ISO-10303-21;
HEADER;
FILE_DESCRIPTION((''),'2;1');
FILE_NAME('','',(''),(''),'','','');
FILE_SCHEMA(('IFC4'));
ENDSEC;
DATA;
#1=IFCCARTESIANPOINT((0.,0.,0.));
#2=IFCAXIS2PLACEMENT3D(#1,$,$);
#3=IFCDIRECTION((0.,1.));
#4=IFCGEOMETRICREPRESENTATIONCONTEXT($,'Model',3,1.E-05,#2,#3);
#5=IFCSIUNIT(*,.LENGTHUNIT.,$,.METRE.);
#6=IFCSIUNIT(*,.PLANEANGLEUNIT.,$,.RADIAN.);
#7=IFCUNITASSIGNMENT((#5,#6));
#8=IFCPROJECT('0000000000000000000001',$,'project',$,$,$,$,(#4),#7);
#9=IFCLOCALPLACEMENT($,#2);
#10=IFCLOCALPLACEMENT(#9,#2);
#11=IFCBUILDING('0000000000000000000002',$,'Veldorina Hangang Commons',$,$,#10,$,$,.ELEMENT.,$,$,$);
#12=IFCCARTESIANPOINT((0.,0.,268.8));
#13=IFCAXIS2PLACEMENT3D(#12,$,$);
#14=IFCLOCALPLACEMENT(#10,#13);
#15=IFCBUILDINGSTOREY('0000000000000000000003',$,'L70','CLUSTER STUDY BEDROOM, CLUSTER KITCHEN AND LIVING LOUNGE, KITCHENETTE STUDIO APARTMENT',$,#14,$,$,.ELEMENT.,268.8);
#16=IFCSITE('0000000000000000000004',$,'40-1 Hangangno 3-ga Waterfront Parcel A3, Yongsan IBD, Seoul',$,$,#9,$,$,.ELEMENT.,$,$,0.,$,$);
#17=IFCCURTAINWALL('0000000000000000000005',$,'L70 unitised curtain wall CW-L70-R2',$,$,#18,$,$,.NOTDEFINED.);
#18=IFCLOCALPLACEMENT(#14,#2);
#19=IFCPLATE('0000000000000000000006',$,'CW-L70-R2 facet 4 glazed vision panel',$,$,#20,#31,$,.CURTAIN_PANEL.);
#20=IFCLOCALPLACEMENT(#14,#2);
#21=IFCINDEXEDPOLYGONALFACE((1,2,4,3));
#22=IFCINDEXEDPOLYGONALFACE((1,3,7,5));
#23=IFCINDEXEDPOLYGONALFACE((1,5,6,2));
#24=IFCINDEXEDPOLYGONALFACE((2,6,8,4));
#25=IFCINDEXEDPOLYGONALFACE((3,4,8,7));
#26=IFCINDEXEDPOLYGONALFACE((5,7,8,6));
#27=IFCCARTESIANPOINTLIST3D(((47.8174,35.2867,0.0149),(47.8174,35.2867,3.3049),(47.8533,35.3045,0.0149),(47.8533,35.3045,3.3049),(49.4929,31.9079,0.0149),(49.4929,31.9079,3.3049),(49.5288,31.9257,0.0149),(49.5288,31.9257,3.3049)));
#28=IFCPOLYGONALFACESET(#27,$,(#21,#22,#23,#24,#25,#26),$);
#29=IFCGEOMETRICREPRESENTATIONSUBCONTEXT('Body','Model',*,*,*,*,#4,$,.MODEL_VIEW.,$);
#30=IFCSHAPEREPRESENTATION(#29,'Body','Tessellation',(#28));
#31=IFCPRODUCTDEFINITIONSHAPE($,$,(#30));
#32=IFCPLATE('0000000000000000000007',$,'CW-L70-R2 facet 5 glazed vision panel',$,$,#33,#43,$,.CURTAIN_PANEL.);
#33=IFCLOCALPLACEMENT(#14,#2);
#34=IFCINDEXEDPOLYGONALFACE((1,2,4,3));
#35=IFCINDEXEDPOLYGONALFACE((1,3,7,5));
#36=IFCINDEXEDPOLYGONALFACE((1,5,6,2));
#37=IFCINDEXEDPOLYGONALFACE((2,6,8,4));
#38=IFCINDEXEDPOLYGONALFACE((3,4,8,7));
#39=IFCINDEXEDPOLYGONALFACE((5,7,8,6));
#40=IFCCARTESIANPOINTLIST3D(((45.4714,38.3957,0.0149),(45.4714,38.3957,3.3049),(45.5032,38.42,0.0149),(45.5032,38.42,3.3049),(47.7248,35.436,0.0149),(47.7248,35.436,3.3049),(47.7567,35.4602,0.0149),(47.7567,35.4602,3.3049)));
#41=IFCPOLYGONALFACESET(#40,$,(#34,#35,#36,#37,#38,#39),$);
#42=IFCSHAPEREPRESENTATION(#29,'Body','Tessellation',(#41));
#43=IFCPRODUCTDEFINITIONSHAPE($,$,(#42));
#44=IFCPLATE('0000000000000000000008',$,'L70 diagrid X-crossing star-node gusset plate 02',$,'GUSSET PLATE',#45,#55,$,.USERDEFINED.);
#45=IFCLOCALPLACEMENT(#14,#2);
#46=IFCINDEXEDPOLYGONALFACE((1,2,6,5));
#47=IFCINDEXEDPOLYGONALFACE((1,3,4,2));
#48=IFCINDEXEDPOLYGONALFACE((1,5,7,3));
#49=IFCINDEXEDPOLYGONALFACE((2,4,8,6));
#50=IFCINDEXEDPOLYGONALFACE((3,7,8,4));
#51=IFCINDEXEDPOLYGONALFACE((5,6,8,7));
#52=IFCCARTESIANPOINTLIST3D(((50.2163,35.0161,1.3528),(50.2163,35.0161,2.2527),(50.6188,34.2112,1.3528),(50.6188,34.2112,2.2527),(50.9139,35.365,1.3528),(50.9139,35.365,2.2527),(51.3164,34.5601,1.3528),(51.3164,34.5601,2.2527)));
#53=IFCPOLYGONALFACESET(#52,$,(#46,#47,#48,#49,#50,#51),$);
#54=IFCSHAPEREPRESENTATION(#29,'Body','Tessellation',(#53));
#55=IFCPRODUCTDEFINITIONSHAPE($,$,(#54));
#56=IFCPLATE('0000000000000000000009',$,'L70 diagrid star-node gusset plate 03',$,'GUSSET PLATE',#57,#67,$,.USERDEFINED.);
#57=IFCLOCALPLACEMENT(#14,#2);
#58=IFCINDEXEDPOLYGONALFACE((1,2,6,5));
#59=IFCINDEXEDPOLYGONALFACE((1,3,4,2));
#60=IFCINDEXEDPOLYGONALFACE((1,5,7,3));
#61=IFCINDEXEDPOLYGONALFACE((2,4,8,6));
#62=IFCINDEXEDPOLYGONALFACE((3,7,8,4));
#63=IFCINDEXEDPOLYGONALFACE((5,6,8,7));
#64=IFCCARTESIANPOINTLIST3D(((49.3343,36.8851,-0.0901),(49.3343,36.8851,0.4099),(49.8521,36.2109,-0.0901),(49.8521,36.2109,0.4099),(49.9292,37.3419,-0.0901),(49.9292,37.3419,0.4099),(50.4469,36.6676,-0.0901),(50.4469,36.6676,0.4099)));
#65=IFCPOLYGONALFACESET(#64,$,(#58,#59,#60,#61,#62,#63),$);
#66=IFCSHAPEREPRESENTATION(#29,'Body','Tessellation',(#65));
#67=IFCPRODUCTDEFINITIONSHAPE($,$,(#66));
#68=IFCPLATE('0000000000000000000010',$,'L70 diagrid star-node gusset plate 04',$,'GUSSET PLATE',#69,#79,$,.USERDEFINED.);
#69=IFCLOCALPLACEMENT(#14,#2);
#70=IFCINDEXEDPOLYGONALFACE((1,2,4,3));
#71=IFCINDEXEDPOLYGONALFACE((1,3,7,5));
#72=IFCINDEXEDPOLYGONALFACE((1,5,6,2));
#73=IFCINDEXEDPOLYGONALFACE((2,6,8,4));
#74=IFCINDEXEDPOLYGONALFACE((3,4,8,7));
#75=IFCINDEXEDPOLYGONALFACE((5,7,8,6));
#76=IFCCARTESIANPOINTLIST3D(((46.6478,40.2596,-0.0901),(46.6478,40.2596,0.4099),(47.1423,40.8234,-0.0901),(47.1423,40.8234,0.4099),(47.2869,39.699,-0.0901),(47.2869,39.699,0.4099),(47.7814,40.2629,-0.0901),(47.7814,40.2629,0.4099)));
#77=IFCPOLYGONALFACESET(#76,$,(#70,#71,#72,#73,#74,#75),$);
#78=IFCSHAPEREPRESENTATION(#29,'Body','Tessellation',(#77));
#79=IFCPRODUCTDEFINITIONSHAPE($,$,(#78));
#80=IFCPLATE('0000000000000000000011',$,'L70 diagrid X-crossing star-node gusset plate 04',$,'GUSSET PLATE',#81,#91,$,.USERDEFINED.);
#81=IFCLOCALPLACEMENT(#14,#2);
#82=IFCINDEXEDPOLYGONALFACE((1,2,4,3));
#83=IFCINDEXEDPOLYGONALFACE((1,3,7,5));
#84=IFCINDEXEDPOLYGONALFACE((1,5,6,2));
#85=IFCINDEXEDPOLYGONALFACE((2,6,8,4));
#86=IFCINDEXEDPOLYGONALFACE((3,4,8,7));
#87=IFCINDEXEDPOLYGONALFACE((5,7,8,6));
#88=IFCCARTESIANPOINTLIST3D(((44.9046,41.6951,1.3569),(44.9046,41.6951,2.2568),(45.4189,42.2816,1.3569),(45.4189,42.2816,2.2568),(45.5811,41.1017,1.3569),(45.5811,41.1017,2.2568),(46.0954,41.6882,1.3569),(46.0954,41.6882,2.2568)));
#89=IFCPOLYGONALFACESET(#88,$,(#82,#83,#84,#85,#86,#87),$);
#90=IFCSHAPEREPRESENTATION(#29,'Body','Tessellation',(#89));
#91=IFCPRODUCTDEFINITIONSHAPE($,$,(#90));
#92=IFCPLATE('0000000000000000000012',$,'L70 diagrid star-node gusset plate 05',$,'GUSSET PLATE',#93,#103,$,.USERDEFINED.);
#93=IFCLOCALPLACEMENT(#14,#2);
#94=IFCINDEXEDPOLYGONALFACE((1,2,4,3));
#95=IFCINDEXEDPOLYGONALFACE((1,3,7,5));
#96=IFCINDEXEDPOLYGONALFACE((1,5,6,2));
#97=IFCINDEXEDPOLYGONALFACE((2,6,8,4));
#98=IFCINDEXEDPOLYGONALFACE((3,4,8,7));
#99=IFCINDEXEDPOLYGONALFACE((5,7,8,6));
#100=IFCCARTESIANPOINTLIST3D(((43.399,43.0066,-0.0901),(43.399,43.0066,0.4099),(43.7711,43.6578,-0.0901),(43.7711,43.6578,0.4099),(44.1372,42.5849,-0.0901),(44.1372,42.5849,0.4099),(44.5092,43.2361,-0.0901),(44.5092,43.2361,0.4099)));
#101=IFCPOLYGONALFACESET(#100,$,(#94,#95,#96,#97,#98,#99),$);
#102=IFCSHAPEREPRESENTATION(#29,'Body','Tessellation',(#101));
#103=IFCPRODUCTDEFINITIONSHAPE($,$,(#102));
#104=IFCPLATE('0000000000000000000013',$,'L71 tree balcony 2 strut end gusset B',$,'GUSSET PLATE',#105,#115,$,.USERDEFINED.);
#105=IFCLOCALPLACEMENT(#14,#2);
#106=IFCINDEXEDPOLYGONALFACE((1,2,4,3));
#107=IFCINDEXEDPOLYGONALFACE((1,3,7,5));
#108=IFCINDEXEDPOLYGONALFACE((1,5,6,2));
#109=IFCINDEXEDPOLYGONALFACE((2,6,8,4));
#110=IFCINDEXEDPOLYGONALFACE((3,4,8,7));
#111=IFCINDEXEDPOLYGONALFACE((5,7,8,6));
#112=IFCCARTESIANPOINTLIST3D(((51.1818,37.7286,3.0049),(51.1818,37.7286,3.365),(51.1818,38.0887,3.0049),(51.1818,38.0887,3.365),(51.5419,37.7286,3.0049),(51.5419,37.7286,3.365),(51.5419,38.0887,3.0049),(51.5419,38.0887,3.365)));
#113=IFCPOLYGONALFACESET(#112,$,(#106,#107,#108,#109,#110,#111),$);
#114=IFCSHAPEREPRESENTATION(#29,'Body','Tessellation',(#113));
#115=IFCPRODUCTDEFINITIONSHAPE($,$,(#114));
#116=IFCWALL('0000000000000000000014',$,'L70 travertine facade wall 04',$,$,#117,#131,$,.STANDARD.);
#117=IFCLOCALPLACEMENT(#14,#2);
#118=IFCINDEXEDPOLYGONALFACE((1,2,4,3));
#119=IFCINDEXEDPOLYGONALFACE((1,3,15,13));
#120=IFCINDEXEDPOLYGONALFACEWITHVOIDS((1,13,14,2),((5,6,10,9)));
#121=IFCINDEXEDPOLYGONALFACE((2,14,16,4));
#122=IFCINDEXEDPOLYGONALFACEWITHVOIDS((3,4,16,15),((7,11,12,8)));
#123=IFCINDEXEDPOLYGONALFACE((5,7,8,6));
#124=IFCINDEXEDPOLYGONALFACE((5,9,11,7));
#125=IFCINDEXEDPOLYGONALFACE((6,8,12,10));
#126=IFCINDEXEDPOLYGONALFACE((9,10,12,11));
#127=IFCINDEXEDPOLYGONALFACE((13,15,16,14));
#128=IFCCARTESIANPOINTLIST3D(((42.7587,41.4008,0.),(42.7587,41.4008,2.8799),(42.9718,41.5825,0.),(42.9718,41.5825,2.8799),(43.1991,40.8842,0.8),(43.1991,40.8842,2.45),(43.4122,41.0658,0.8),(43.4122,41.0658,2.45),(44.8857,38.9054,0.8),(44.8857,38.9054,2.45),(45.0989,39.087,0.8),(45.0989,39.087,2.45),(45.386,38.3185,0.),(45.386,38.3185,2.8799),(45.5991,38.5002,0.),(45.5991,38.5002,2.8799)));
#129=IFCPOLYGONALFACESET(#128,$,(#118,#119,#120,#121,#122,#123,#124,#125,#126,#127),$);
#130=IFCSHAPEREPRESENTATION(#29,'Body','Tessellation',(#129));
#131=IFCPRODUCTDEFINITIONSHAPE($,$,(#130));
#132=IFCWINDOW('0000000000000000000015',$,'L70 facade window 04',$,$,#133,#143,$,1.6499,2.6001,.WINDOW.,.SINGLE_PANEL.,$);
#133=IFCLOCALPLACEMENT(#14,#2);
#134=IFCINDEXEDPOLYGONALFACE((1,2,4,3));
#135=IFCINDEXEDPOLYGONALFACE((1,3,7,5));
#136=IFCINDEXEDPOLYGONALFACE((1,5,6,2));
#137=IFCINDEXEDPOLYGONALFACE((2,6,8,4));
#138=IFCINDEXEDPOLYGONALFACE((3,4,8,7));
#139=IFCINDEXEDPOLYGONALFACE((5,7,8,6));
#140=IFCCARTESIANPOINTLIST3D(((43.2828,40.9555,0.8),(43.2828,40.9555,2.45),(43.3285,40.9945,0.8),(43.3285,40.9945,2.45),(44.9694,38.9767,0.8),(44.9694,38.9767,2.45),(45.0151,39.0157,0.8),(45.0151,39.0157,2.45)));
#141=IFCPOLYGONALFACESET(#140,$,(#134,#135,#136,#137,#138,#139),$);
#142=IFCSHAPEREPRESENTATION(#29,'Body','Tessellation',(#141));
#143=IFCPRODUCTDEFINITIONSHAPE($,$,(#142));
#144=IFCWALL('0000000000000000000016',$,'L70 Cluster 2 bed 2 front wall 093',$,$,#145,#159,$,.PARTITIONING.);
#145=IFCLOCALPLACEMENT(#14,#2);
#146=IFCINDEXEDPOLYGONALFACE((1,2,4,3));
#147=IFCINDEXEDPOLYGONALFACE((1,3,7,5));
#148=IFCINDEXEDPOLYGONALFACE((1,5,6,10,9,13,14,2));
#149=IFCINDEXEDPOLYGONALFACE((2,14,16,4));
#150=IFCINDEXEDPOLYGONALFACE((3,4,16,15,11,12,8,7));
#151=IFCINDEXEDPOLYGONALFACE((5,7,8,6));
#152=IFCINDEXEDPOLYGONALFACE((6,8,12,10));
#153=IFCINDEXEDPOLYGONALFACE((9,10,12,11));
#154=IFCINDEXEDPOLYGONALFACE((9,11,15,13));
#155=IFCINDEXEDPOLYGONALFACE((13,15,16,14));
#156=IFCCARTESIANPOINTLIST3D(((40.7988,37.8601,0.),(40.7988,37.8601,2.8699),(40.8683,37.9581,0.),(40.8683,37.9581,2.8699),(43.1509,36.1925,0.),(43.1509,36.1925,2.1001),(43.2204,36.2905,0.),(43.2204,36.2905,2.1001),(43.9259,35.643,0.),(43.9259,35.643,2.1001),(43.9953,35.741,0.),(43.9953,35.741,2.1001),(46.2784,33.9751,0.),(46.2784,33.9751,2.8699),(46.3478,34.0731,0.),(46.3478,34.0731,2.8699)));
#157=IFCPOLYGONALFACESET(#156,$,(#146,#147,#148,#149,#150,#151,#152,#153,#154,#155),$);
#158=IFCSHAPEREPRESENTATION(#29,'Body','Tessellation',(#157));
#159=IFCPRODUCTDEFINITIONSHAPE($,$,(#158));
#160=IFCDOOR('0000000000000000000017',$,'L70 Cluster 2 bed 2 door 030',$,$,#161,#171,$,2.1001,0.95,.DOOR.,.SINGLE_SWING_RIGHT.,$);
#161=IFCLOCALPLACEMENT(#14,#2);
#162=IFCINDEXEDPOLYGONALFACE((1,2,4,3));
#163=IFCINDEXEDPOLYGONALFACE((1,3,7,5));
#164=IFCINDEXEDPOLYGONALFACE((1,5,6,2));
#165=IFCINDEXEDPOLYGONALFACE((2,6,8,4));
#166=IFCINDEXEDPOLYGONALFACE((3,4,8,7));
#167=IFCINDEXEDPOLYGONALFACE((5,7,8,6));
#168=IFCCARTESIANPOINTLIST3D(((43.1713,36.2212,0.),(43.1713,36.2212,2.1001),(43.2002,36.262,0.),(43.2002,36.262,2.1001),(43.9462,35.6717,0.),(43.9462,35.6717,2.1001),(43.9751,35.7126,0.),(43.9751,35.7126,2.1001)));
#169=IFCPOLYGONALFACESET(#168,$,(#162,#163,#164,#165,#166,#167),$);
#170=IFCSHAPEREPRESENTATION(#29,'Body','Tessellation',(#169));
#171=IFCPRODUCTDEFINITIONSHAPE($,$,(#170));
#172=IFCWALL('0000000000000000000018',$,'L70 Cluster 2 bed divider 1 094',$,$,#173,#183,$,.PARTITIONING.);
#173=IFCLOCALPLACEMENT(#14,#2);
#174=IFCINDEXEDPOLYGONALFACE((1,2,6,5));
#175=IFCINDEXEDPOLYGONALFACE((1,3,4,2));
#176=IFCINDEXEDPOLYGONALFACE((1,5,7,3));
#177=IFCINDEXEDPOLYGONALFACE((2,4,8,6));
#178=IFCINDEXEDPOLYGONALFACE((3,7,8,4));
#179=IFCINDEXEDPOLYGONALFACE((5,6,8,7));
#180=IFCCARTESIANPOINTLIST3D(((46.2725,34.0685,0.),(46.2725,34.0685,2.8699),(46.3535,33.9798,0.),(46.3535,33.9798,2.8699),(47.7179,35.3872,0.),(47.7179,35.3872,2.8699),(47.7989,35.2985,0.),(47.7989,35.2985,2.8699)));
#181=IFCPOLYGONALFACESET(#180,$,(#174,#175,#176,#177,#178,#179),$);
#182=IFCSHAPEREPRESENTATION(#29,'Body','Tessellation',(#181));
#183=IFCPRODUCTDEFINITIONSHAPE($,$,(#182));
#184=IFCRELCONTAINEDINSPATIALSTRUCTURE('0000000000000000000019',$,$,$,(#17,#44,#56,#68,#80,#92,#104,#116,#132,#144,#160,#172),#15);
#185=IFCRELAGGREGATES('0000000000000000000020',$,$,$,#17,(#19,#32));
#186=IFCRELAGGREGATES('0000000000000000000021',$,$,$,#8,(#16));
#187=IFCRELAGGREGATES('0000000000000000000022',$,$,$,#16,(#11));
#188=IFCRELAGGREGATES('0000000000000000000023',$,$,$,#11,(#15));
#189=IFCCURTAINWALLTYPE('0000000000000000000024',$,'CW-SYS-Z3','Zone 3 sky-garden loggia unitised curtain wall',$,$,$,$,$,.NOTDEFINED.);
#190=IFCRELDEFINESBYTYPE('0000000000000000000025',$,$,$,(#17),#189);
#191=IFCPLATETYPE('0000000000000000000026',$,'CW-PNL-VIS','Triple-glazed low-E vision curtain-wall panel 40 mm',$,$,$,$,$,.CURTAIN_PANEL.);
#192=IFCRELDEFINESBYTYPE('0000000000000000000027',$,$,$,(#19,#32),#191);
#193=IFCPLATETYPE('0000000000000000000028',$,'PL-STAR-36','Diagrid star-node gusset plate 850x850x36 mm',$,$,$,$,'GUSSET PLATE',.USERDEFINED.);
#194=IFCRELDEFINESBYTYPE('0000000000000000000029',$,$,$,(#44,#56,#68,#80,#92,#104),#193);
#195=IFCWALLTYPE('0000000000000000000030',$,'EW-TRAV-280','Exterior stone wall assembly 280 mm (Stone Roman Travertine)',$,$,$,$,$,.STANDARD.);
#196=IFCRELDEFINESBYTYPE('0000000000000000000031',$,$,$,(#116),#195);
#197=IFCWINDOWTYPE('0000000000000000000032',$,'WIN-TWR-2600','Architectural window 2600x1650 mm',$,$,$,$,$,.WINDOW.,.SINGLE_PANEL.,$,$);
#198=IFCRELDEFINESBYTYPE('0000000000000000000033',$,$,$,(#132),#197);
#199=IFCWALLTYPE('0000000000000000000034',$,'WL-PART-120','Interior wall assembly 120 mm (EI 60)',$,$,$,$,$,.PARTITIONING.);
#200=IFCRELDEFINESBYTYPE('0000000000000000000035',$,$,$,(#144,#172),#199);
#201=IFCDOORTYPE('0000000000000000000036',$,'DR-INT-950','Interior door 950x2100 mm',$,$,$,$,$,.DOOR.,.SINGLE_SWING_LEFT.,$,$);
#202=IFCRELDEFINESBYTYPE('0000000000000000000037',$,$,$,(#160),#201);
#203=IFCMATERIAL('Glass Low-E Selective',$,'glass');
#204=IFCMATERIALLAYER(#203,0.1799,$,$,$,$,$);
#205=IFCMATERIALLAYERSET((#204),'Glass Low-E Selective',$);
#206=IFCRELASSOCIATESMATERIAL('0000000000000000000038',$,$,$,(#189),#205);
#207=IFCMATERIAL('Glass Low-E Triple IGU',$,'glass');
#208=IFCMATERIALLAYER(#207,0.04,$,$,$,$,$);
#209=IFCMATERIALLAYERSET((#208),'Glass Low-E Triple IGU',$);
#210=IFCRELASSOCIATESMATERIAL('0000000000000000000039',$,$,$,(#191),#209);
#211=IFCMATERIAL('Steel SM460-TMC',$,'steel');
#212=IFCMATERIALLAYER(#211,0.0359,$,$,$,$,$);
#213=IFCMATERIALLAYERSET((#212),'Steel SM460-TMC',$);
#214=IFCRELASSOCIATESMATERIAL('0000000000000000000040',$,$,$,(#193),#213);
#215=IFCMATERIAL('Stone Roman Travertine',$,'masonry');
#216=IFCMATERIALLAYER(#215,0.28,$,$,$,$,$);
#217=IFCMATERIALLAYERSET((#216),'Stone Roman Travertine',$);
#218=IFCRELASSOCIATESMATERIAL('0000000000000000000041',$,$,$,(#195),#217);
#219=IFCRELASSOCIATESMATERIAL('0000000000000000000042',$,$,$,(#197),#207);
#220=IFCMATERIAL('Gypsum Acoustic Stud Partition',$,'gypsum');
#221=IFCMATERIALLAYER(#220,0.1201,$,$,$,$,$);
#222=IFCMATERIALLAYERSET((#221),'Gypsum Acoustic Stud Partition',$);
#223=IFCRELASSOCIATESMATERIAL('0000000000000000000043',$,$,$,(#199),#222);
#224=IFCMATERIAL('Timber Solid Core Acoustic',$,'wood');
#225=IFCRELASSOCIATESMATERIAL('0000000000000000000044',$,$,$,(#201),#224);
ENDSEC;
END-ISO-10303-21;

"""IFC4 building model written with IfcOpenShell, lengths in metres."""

from ifc_helpers import new_model, si_unit, direction, frame, frame_2d, origin, origin_2d, place, context, subcontext, project, spatial, rectangle, extrude, material, layer, layer_set, type_object, element, fill, aggregate, save


model = new_model("IFC4")

# Units and contexts
model_context = context("Model", 3, precision=1e-05, world=origin(), true_north=direction((0.0, 1.0)))
body_context = subcontext(model_context, "Body", "Model", "MODEL_VIEW")
ifc_project = project(units=[si_unit("LENGTHUNIT", "METRE"), si_unit("PLANEANGLEUNIT", "RADIAN")], contexts=[model_context])

# Site, building, storey
site_placement = place(None, origin())
site = spatial("IfcSite", under=ifc_project, at=site_placement, Name="40-1 Hangangno 3-ga Waterfront Parcel A3, Yongsan IBD, Seoul", CompositionType="ELEMENT", RefElevation=0.0)
building_placement = place(site_placement, origin())
building = spatial("IfcBuilding", under=site, at=building_placement, Name="Veldorina Hangang Commons", CompositionType="ELEMENT")
storey_placement = place(building_placement, frame((0.0, 0.0, 268.8)))
storey = spatial("IfcBuildingStorey", under=building, at=storey_placement, Name="L70", Description="CLUSTER STUDY BEDROOM, CLUSTER KITCHEN AND LIVING LOUNGE, KITCHENETTE STUDIO APARTMENT", CompositionType="ELEMENT", Elevation=268.8)

# Curtain wall
ifc_material_1 = material(Name="Glass Low-E Selective", Category="glass")
ifc_layer_1 = layer(ifc_material_1, 0.1799)
ifc_layer_set_1 = layer_set([ifc_layer_1], Name="Glass Low-E Selective")
curtain_wall_type = type_object("IfcCurtainWallType", Name="CW-SYS-Z3", Description="Zone 3 sky-garden loggia unitised curtain wall", PredefinedType="NOTDEFINED", material=ifc_layer_set_1)
curtain_wall_placement = place(storey_placement, origin())
curtain_wall = element("IfcCurtainWall", 1, at=curtain_wall_placement, inside=storey, type_object=curtain_wall_type, Name="L70 unitised curtain wall CW-L70-R2", PredefinedType="NOTDEFINED")

# Plates
ifc_material_2 = material(Name="Glass Low-E Triple IGU", Category="glass")
ifc_layer_2 = layer(ifc_material_2, 0.04)
ifc_layer_set_2 = layer_set([ifc_layer_2], Name="Glass Low-E Triple IGU")
plate_type_1 = type_object("IfcPlateType", Name="CW-PNL-VIS", Description="Triple-glazed low-E vision curtain-wall panel 40 mm", PredefinedType="CURTAIN_PANEL", material=ifc_layer_set_2)
plate_1_placement = place(storey_placement, frame((48.6731, 33.6062, 0.0149), z_axis=(0.0, 0.0, 1.0), x_axis=(-0.44426, 0.895898, 0.0)))
plate_1 = element("IfcPlate", 2, at=plate_1_placement, type_object=plate_type_1, Name="CW-L70-R2 facet 4 glazed vision panel", PredefinedType="CURTAIN_PANEL", context=body_context, shape_type="SweptSolid", body=[
    extrude(rectangle(XDim=3.7715, YDim=0.04, at=origin_2d()), origin(), (0.0, 0.0, 1.0), 3.29),
])
plate_2_placement = place(storey_placement, frame((46.614, 36.928, 0.0149), z_axis=(0.0, 0.0, 1.0), x_axis=(-0.605766, 0.795643, 0.0)))
plate_2 = element("IfcPlate", 3, at=plate_2_placement, type_object=plate_type_1, Name="CW-L70-R2 facet 5 glazed vision panel", PredefinedType="CURTAIN_PANEL", context=body_context, shape_type="SweptSolid", body=[
    extrude(rectangle(XDim=3.72, YDim=0.04, at=origin_2d()), origin(), (0.0, 0.0, 1.0), 3.29),
])
aggregate(curtain_wall, [plate_1, plate_2])

# Plates
ifc_material_3 = material(Name="Steel SM460-TMC", Category="steel")
ifc_layer_3 = layer(ifc_material_3, 0.0359)
ifc_layer_set_3 = layer_set([ifc_layer_3], Name="Steel SM460-TMC")
plate_type_2 = type_object("IfcPlateType", Name="PL-STAR-36", Description="Diagrid star-node gusset plate 850x850x36 mm", ElementType="GUSSET PLATE", PredefinedType="USERDEFINED", material=ifc_layer_set_3)
plate_3_placement = place(storey_placement, frame((50.7664, 34.7881, 1.3528), z_axis=(0.0, 0.0, 1.0), x_axis=(-0.447291, 0.894389, 0.0)))
element("IfcPlate", 4, at=plate_3_placement, inside=storey, type_object=plate_type_2, Name="L70 diagrid X-crossing star-node gusset plate 02", ObjectType="GUSSET PLATE", PredefinedType="USERDEFINED", context=body_context, shape_type="SweptSolid", body=[
    extrude(rectangle(XDim=0.8999, YDim=0.78, at=origin_2d()), origin(), (0.0, 0.0, 1.0), 0.8999),
])
for number, where, z_axis, x_axis, name in (
    (5, (49.8906, 36.7764, -0.0901), (0.0, 0.0, 1.0), (-0.609024, 0.793151, 0.0), "L70 diagrid star-node gusset plate 03"),
    (6, (47.2146, 40.2612, -0.0901), (0.0, 0.0, 1.0), (-0.751782, 0.659411, 0.0), "L70 diagrid star-node gusset plate 04"),
):
    element("IfcPlate", number, at=place(storey_placement, frame(where, z_axis=z_axis, x_axis=x_axis)), inside=storey, type_object=plate_type_2, Name=name, ObjectType="GUSSET PLATE", PredefinedType="USERDEFINED", context=body_context, shape_type="SweptSolid", body=[
        extrude(rectangle(XDim=0.8501, YDim=0.75, at=origin_2d()), origin(), (0.0, 0.0, 1.0), 0.5),
    ])
plate_4_placement = place(storey_placement, frame((45.5, 41.6917, 1.3569), z_axis=(0.0, 0.0, 1.0), x_axis=(-0.751782, 0.659411, 0.0)))
element("IfcPlate", 7, at=plate_4_placement, inside=storey, type_object=plate_type_2, Name="L70 diagrid X-crossing star-node gusset plate 04", ObjectType="GUSSET PLATE", PredefinedType="USERDEFINED", context=body_context, shape_type="SweptSolid", body=[
    extrude(rectangle(XDim=0.8999, YDim=0.78, at=origin_2d()), origin(), (0.0, 0.0, 1.0), 0.8999),
])
plate_5_placement = place(storey_placement, frame((43.9541, 43.1213, -0.0901), z_axis=(0.0, 0.0, 1.0), x_axis=(-0.868294, 0.49605, 0.0)))
element("IfcPlate", 8, at=plate_5_placement, inside=storey, type_object=plate_type_2, Name="L70 diagrid star-node gusset plate 05", ObjectType="GUSSET PLATE", PredefinedType="USERDEFINED", context=body_context, shape_type="SweptSolid", body=[
    extrude(rectangle(XDim=0.8501, YDim=0.75, at=origin_2d()), origin(), (0.0, 0.0, 1.0), 0.5),
])
plate_6_placement = place(storey_placement, frame((51.3618, 37.9087, 3.0049), z_axis=(0.0, 0.0, 1.0), x_axis=(1.0, 0.0, 0.0)))
element("IfcPlate", 9, at=plate_6_placement, inside=storey, type_object=plate_type_2, Name="L71 tree balcony 2 strut end gusset B", ObjectType="GUSSET PLATE", PredefinedType="USERDEFINED", context=body_context, shape_type="SweptSolid", body=[
    extrude(rectangle(XDim=0.3601, YDim=0.3601, at=origin_2d()), origin(), (0.0, 0.0, 1.0), 0.3601),
])

# Wall, opening, window
ifc_material_4 = material(Name="Stone Roman Travertine", Category="masonry")
ifc_layer_4 = layer(ifc_material_4, 0.28)
ifc_layer_set_4 = layer_set([ifc_layer_4], Name="Stone Roman Travertine")
wall_type_1 = type_object("IfcWallType", Name="EW-TRAV-280", Description="Exterior stone wall assembly 280 mm (Stone Roman Travertine)", PredefinedType="STANDARD", material=ifc_layer_set_4)
wall_1_placement = place(storey_placement, frame((45.4924, 38.4094, 0.0), z_axis=(0.0, 0.0, 1.0), x_axis=(-0.648689, 0.761054, 0.0)))
wall_1 = element("IfcWall", 10, at=wall_1_placement, inside=storey, type_object=wall_type_1, Name="L70 travertine facade wall 04", PredefinedType="STANDARD", context=body_context, shape_type="SweptSolid", body=[
    extrude(rectangle(XDim=4.05, YDim=0.28, at=frame_2d((2.0249, 0.0))), origin(), (0.0, 0.0, 1.0), 2.8799),
])
opening_1_placement = place(wall_1_placement, frame((0.771, 0.0, 0.8)))
opening_1 = element("IfcOpeningElement", 11, at=opening_1_placement, cuts=wall_1, PredefinedType="OPENING", context=body_context, shape_type="SweptSolid", body=[
    extrude(rectangle(XDim=2.6001, YDim=1.6499, at=frame_2d((1.3, 0.825))), frame((0.0, 0.1499, 0.0), z_axis=(0.0, -1.0, 0.0), x_axis=(1.0, 0.0, 0.0)), (0.0, 0.0, 1.0), 0.3),
])
window_type = type_object("IfcWindowType", Name="WIN-TWR-2600", Description="Architectural window 2600x1650 mm", PartitioningType="SINGLE_PANEL", PredefinedType="WINDOW", material=ifc_material_2)
window_placement = place(opening_1_placement, origin())
window = element("IfcWindow", 12, at=window_placement, inside=storey, type_object=window_type, Name="L70 facade window 04", OverallHeight=1.6499, OverallWidth=2.6001, PartitioningType="SINGLE_PANEL", PredefinedType="WINDOW", context=body_context, shape_type="SweptSolid", body=[
    extrude(rectangle(XDim=2.6001, YDim=1.6499, at=frame_2d((1.3, 0.825))), frame((0.0, 0.03, 0.0), z_axis=(0.0, -1.0, 0.0), x_axis=(1.0, 0.0, 0.0)), (0.0, 0.0, 1.0), 0.0601),
])
fill(opening_1, window)

# Wall, opening, door
ifc_material_5 = material(Name="Gypsum Acoustic Stud Partition", Category="gypsum")
ifc_layer_5 = layer(ifc_material_5, 0.1201)
ifc_layer_set_5 = layer_set([ifc_layer_5], Name="Gypsum Acoustic Stud Partition")
wall_type_2 = type_object("IfcWallType", Name="WL-PART-120", Description="Interior wall assembly 120 mm (EI 60)", PredefinedType="PARTITIONING", material=ifc_layer_set_5)
wall_2_placement = place(storey_placement, frame((46.313, 34.0242, 0.0), z_axis=(0.0, 0.0, 1.0), x_axis=(-0.815764, 0.578384, 0.0)))
wall_2 = element("IfcWall", 13, at=wall_2_placement, inside=storey, type_object=wall_type_2, Name="L70 Cluster 2 bed 2 front wall 093", PredefinedType="PARTITIONING", context=body_context, shape_type="SweptSolid", body=[
    extrude(rectangle(XDim=6.717, YDim=0.1201, at=frame_2d((3.3584, 0.0))), origin(), (0.0, 0.0, 1.0), 2.8699),
])
opening_2_placement = place(wall_2_placement, frame((2.8835, 0.0, 0.0)))
opening_2 = element("IfcOpeningElement", 14, at=opening_2_placement, cuts=wall_2, PredefinedType="OPENING", context=body_context, shape_type="SweptSolid", body=[
    extrude(rectangle(XDim=0.95, YDim=2.1001, at=frame_2d((0.4751, 1.05))), frame((0.0, 0.0701, 0.0), z_axis=(0.0, -1.0, 0.0), x_axis=(1.0, 0.0, 0.0)), (0.0, 0.0, 1.0), 0.1401),
])
ifc_material_6 = material(Name="Timber Solid Core Acoustic", Category="wood")
door_type = type_object("IfcDoorType", Name="DR-INT-950", Description="Interior door 950x2100 mm", OperationType="SINGLE_SWING_LEFT", PredefinedType="DOOR", material=ifc_material_6)
door_placement = place(opening_2_placement, origin())
door = element("IfcDoor", 15, at=door_placement, inside=storey, type_object=door_type, Name="L70 Cluster 2 bed 2 door 030", OperationType="SINGLE_SWING_RIGHT", OverallHeight=2.1001, OverallWidth=0.95, PredefinedType="DOOR", context=body_context, shape_type="SweptSolid", body=[
    extrude(rectangle(XDim=0.95, YDim=2.1001, at=frame_2d((0.4751, 1.05))), frame((0.0, 0.0249, 0.0), z_axis=(0.0, -1.0, 0.0), x_axis=(1.0, 0.0, 0.0)), (0.0, 0.0, 1.0), 0.05),
])
fill(opening_2, door)

# Wall
wall_3_placement = place(storey_placement, frame((46.313, 34.0242, 0.0), z_axis=(0.0, 0.0, 1.0), x_axis=(0.738747, 0.673982, 0.0)))
element("IfcWall", 16, at=wall_3_placement, inside=storey, type_object=wall_type_2, Name="L70 Cluster 2 bed divider 1 094", PredefinedType="PARTITIONING", context=body_context, shape_type="SweptSolid", body=[
    extrude(rectangle(XDim=1.9565, YDim=0.1201, at=frame_2d((0.9783, 0.0))), origin(), (0.0, 0.0, 1.0), 2.8699),
])

save(model, "model.ifc")
